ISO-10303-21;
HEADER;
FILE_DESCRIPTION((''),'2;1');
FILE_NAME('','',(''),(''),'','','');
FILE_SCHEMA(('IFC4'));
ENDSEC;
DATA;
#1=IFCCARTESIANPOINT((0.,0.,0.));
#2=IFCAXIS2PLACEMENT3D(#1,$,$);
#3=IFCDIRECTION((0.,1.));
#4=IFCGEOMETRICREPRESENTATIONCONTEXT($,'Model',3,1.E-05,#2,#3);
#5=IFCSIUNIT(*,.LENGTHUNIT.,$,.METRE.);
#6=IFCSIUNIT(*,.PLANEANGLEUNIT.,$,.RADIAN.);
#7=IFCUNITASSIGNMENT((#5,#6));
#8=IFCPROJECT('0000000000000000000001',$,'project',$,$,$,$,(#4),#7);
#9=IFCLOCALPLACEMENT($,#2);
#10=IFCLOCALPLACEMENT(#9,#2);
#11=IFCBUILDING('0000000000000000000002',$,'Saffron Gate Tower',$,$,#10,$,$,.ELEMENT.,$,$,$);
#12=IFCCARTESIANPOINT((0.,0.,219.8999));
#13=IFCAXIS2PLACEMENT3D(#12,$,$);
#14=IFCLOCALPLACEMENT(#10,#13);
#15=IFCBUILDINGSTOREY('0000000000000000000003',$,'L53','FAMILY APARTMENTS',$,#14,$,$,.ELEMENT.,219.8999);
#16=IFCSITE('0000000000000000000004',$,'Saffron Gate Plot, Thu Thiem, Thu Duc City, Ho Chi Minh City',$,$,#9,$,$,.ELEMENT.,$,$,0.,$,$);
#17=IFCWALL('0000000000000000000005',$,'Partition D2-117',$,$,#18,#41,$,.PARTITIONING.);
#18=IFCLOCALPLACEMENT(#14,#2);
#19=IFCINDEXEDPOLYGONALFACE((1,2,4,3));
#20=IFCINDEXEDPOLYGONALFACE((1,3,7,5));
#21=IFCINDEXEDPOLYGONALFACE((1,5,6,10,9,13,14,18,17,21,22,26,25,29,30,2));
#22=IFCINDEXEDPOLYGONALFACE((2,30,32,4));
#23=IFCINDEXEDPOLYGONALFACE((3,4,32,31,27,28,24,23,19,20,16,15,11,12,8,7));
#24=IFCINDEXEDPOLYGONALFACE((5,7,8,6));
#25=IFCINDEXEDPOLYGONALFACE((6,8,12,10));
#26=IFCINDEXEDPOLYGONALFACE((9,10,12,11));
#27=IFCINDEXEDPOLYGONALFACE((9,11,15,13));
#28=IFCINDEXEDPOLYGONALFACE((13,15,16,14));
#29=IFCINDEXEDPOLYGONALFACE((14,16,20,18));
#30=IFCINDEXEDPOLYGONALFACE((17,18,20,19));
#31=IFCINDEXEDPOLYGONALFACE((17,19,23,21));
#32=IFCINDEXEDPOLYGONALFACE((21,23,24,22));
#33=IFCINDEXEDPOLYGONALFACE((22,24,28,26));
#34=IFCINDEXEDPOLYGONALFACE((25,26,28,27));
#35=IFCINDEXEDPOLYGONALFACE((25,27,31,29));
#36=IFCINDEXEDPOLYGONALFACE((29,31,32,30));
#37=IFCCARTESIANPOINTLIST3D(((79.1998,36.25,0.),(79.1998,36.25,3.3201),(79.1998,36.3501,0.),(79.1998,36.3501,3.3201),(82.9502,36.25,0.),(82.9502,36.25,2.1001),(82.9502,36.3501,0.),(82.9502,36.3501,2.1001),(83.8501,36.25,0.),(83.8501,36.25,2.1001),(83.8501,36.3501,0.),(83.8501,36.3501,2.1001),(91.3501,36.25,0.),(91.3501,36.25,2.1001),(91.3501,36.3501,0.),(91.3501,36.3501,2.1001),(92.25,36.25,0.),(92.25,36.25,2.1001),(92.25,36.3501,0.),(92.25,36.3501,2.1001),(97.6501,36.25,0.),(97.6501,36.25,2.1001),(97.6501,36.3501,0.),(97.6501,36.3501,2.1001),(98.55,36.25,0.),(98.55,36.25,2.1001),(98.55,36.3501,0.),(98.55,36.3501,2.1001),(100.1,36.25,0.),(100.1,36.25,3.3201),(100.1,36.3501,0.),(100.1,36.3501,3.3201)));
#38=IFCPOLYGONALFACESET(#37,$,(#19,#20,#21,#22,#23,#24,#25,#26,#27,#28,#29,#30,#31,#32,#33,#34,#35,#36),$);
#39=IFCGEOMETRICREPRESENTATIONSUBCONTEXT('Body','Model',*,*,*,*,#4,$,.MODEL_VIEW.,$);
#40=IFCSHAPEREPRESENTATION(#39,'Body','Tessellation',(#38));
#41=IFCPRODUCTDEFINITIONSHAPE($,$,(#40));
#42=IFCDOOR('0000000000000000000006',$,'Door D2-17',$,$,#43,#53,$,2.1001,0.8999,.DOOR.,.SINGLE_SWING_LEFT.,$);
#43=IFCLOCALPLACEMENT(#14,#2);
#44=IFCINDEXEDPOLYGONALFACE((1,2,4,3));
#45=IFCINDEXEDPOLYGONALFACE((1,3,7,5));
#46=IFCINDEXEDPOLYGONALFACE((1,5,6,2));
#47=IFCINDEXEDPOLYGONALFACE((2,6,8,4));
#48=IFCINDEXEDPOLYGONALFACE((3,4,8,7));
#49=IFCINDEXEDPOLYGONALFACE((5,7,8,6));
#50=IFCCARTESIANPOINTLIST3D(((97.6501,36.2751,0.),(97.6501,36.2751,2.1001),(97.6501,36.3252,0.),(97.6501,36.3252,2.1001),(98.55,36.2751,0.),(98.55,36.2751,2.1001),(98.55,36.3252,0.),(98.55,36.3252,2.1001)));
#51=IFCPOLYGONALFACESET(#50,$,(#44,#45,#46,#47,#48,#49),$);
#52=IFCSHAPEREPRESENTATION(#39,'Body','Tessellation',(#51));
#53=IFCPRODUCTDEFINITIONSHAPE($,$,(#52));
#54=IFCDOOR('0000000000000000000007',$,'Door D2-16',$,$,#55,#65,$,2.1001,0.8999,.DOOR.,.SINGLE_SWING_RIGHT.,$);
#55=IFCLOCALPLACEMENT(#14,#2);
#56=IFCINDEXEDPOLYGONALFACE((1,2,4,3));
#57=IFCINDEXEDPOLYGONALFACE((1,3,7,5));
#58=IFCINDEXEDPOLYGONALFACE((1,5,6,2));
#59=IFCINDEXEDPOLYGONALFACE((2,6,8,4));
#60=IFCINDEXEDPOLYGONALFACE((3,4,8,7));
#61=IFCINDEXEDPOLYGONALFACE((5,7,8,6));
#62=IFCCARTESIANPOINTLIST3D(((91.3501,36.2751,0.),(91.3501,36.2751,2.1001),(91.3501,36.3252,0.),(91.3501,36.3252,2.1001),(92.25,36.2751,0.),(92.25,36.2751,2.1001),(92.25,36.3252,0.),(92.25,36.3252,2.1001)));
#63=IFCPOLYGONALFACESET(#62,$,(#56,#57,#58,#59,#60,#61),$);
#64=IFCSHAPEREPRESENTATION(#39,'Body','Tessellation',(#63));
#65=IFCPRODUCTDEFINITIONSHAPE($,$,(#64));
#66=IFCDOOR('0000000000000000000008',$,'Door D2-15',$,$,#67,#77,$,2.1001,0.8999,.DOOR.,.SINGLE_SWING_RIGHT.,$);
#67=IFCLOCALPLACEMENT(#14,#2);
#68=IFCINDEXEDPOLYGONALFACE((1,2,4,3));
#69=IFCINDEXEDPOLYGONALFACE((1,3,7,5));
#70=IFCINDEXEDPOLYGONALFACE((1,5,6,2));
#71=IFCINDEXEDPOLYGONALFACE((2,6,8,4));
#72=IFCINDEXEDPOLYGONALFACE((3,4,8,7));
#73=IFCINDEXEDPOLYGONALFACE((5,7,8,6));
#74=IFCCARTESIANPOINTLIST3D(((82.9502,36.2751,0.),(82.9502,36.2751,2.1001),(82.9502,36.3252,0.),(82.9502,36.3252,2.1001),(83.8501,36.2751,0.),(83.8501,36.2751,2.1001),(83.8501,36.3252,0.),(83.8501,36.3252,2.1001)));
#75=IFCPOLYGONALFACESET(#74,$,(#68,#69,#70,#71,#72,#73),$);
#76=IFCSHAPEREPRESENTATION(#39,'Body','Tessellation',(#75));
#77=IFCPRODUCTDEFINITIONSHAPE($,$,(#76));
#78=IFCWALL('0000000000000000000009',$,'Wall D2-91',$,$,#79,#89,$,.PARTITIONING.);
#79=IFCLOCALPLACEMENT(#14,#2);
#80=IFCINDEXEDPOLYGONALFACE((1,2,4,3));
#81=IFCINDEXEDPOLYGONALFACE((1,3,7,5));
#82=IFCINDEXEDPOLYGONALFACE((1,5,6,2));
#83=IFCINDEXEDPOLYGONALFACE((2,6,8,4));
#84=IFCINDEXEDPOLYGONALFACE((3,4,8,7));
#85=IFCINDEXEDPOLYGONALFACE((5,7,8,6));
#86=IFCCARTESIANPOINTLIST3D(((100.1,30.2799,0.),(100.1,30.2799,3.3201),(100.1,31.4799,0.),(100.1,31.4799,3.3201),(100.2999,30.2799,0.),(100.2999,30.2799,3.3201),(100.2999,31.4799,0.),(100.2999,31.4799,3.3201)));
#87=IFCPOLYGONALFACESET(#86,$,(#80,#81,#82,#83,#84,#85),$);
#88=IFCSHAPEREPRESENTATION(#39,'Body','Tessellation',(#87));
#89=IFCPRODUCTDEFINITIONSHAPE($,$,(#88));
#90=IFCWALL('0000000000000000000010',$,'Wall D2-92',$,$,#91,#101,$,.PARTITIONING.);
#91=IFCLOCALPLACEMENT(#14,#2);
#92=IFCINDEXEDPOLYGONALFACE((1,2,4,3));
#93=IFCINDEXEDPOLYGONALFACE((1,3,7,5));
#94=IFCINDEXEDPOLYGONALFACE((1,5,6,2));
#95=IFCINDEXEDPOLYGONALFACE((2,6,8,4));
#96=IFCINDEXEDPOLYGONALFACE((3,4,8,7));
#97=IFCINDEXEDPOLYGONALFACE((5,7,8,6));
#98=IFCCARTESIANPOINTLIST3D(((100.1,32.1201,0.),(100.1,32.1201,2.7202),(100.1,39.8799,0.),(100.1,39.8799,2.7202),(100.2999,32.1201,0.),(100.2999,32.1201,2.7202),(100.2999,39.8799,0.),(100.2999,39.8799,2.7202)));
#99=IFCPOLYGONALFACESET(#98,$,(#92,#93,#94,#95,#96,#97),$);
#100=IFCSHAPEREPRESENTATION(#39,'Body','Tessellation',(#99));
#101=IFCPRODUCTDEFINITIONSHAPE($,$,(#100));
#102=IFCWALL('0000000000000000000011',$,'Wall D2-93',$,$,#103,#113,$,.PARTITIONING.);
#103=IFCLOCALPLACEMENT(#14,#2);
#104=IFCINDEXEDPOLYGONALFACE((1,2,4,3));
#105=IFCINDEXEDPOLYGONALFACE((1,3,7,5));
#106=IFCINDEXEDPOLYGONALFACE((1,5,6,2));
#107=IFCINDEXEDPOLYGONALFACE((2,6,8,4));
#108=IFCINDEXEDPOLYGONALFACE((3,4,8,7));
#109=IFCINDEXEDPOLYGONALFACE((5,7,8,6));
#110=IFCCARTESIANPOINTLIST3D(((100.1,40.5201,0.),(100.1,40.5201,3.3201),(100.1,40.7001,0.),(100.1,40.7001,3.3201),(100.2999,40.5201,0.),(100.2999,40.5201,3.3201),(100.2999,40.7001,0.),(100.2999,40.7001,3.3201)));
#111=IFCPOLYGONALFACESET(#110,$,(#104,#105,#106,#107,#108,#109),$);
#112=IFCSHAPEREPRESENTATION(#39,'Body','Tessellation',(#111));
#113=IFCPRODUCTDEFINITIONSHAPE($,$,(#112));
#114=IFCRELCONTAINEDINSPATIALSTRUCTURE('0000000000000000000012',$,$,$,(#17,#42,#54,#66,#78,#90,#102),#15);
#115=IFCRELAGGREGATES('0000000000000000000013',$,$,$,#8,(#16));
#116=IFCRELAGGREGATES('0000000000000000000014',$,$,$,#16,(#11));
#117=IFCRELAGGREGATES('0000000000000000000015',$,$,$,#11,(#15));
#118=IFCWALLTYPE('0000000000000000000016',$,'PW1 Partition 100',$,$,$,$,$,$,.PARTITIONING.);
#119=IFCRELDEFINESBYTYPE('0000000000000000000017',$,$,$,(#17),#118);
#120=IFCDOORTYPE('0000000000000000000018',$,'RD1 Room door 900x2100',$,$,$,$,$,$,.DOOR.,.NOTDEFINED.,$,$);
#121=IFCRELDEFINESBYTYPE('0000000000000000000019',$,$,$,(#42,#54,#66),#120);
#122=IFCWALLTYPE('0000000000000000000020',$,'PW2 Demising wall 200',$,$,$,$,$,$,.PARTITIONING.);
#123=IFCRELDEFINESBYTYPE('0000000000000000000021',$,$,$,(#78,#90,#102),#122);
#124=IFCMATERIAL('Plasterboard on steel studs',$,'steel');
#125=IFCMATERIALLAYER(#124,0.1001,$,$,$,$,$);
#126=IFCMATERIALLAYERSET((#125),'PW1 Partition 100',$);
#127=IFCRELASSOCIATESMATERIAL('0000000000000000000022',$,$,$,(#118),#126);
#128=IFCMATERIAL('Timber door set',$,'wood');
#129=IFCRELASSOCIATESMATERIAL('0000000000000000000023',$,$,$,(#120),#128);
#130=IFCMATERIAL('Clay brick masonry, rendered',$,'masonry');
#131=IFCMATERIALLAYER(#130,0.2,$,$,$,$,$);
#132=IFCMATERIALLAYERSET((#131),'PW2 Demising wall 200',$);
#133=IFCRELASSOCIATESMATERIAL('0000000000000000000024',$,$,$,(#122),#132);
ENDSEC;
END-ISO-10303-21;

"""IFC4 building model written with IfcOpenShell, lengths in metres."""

from ifc_helpers import new_model, si_unit, direction, frame, frame_2d, origin, place, context, subcontext, project, spatial, rectangle, extrude, material, layer, layer_set, type_object, element, fill, save


model = new_model("IFC4")

# Units and contexts
model_context = context("Model", 3, precision=1e-05, world=origin(), true_north=direction((0.0, 1.0)))
body_context = subcontext(model_context, "Body", "Model", "MODEL_VIEW")
ifc_project = project(units=[si_unit("LENGTHUNIT", "METRE"), si_unit("PLANEANGLEUNIT", "RADIAN")], contexts=[model_context])

# Site, building, storey
site_placement = place(None, origin())
site = spatial("IfcSite", under=ifc_project, at=site_placement, Name="Saffron Gate Plot, Thu Thiem, Thu Duc City, Ho Chi Minh City", CompositionType="ELEMENT", RefElevation=0.0)
building_placement = place(site_placement, origin())
building = spatial("IfcBuilding", under=site, at=building_placement, Name="Saffron Gate Tower", CompositionType="ELEMENT")
storey_placement = place(building_placement, frame((0.0, 0.0, 219.8999)))
storey = spatial("IfcBuildingStorey", under=building, at=storey_placement, Name="L53", Description="FAMILY APARTMENTS", CompositionType="ELEMENT", Elevation=219.8999)

# Shared definitions
ifc_material_1 = material(Name="Plasterboard on steel studs", Category="steel")
ifc_layer_1 = layer(ifc_material_1, 0.1001)
ifc_layer_set_1 = layer_set([ifc_layer_1], Name="PW1 Partition 100")
wall_type_1 = type_object("IfcWallType", Name="PW1 Partition 100", PredefinedType="PARTITIONING", material=ifc_layer_set_1)

# Wall, openings, doors
wall_1_placement = place(storey_placement, frame((100.1001, 36.3, 0.0), z_axis=(0.0, 0.0, 1.0), x_axis=(-1.0, 0.0, 0.0)))
wall_1 = element("IfcWall", 1, at=wall_1_placement, inside=storey, type_object=wall_type_1, Name="Partition D2-117", PredefinedType="PARTITIONING", context=body_context, shape_type="SweptSolid", body=[
    extrude(rectangle(XDim=20.9001, YDim=0.1001, at=frame_2d((10.4502, 0.0))), origin(), (0.0, 0.0, 1.0), 3.3201),
])
opening_1_placement = place(wall_1_placement, frame((1.55, 0.0, 0.0)))
opening_1 = element("IfcOpeningElement", 2, at=opening_1_placement, cuts=wall_1, PredefinedType="OPENING", context=body_context, shape_type="SweptSolid", body=[
    extrude(rectangle(XDim=0.8999, YDim=2.1001, at=frame_2d((0.45, 1.05))), frame((0.0, 0.0601, 0.0), z_axis=(0.0, -1.0, 0.0), x_axis=(1.0, 0.0, 0.0)), (0.0, 0.0, 1.0), 0.1201),
])
opening_2_placement = place(wall_1_placement, frame((7.8501, 0.0, 0.0)))
opening_2 = element("IfcOpeningElement", 3, at=opening_2_placement, cuts=wall_1, PredefinedType="OPENING", context=body_context, shape_type="SweptSolid", body=[
    extrude(rectangle(XDim=0.8999, YDim=2.1001, at=frame_2d((0.45, 1.05))), frame((0.0, 0.0601, 0.0), z_axis=(0.0, -1.0, 0.0), x_axis=(1.0, 0.0, 0.0)), (0.0, 0.0, 1.0), 0.1201),
])
opening_3_placement = place(wall_1_placement, frame((16.25, 0.0, 0.0)))
opening_3 = element("IfcOpeningElement", 4, at=opening_3_placement, cuts=wall_1, PredefinedType="OPENING", context=body_context, shape_type="SweptSolid", body=[
    extrude(rectangle(XDim=0.8999, YDim=2.1001, at=frame_2d((0.45, 1.05))), frame((0.0, 0.0601, 0.0), z_axis=(0.0, -1.0, 0.0), x_axis=(1.0, 0.0, 0.0)), (0.0, 0.0, 1.0), 0.1201),
])
ifc_material_2 = material(Name="Timber door set", Category="wood")
door_type = type_object("IfcDoorType", Name="RD1 Room door 900x2100", OperationType="NOTDEFINED", PredefinedType="DOOR", material=ifc_material_2)
door_1_placement = place(opening_1_placement, origin())
door_1 = element("IfcDoor", 5, at=door_1_placement, inside=storey, type_object=door_type, Name="Door D2-17", OperationType="SINGLE_SWING_LEFT", OverallHeight=2.1001, OverallWidth=0.8999, PredefinedType="DOOR", context=body_context, shape_type="SweptSolid", body=[
    extrude(rectangle(XDim=0.8999, YDim=2.1001, at=frame_2d((0.45, 1.05))), frame((0.0, 0.0249, 0.0), z_axis=(0.0, -1.0, 0.0), x_axis=(1.0, 0.0, 0.0)), (0.0, 0.0, 1.0), 0.05),
])
fill(opening_1, door_1)
door_2_placement = place(opening_2_placement, origin())
door_2 = element("IfcDoor", 6, at=door_2_placement, inside=storey, type_object=door_type, Name="Door D2-16", OperationType="SINGLE_SWING_RIGHT", OverallHeight=2.1001, OverallWidth=0.8999, PredefinedType="DOOR", context=body_context, shape_type="SweptSolid", body=[
    extrude(rectangle(XDim=0.8999, YDim=2.1001, at=frame_2d((0.45, 1.05))), frame((0.0, 0.0249, 0.0), z_axis=(0.0, -1.0, 0.0), x_axis=(1.0, 0.0, 0.0)), (0.0, 0.0, 1.0), 0.05),
])
fill(opening_2, door_2)
door_3_placement = place(opening_3_placement, origin())
door_3 = element("IfcDoor", 7, at=door_3_placement, inside=storey, type_object=door_type, Name="Door D2-15", OperationType="SINGLE_SWING_RIGHT", OverallHeight=2.1001, OverallWidth=0.8999, PredefinedType="DOOR", context=body_context, shape_type="SweptSolid", body=[
    extrude(rectangle(XDim=0.8999, YDim=2.1001, at=frame_2d((0.45, 1.05))), frame((0.0, 0.0249, 0.0), z_axis=(0.0, -1.0, 0.0), x_axis=(1.0, 0.0, 0.0)), (0.0, 0.0, 1.0), 0.05),
])
fill(opening_3, door_3)

# Walls
ifc_material_3 = material(Name="Clay brick masonry, rendered", Category="masonry")
ifc_layer_2 = layer(ifc_material_3, 0.2)
ifc_layer_set_2 = layer_set([ifc_layer_2], Name="PW2 Demising wall 200")
wall_type_2 = type_object("IfcWallType", Name="PW2 Demising wall 200", PredefinedType="PARTITIONING", material=ifc_layer_set_2)
wall_2_placement = place(storey_placement, frame((100.2, 31.48, 0.0), z_axis=(0.0, 0.0, 1.0), x_axis=(0.0, -1.0, 0.0)))
element("IfcWall", 8, at=wall_2_placement, inside=storey, type_object=wall_type_2, Name="Wall D2-91", PredefinedType="PARTITIONING", context=body_context, shape_type="SweptSolid", body=[
    extrude(rectangle(XDim=1.2, YDim=0.2, at=frame_2d((0.6001, 0.0))), origin(), (0.0, 0.0, 1.0), 3.3201),
])
wall_3_placement = place(storey_placement, frame((100.2, 39.8799, 0.0), z_axis=(0.0, 0.0, 1.0), x_axis=(0.0, -1.0, 0.0)))
element("IfcWall", 9, at=wall_3_placement, inside=storey, type_object=wall_type_2, Name="Wall D2-92", PredefinedType="PARTITIONING", context=body_context, shape_type="SweptSolid", body=[
    extrude(rectangle(XDim=7.7598, YDim=0.2, at=frame_2d((3.8799, 0.0))), origin(), (0.0, 0.0, 1.0), 2.7202),
])
wall_4_placement = place(storey_placement, frame((100.2, 40.7, 0.0), z_axis=(0.0, 0.0, 1.0), x_axis=(0.0, -1.0, 0.0)))
element("IfcWall", 10, at=wall_4_placement, inside=storey, type_object=wall_type_2, Name="Wall D2-93", PredefinedType="PARTITIONING", context=body_context, shape_type="SweptSolid", body=[
    extrude(rectangle(XDim=0.1799, YDim=0.2, at=frame_2d((0.0898, 0.0))), origin(), (0.0, 0.0, 1.0), 3.3201),
])

save(model, "model.ifc")
